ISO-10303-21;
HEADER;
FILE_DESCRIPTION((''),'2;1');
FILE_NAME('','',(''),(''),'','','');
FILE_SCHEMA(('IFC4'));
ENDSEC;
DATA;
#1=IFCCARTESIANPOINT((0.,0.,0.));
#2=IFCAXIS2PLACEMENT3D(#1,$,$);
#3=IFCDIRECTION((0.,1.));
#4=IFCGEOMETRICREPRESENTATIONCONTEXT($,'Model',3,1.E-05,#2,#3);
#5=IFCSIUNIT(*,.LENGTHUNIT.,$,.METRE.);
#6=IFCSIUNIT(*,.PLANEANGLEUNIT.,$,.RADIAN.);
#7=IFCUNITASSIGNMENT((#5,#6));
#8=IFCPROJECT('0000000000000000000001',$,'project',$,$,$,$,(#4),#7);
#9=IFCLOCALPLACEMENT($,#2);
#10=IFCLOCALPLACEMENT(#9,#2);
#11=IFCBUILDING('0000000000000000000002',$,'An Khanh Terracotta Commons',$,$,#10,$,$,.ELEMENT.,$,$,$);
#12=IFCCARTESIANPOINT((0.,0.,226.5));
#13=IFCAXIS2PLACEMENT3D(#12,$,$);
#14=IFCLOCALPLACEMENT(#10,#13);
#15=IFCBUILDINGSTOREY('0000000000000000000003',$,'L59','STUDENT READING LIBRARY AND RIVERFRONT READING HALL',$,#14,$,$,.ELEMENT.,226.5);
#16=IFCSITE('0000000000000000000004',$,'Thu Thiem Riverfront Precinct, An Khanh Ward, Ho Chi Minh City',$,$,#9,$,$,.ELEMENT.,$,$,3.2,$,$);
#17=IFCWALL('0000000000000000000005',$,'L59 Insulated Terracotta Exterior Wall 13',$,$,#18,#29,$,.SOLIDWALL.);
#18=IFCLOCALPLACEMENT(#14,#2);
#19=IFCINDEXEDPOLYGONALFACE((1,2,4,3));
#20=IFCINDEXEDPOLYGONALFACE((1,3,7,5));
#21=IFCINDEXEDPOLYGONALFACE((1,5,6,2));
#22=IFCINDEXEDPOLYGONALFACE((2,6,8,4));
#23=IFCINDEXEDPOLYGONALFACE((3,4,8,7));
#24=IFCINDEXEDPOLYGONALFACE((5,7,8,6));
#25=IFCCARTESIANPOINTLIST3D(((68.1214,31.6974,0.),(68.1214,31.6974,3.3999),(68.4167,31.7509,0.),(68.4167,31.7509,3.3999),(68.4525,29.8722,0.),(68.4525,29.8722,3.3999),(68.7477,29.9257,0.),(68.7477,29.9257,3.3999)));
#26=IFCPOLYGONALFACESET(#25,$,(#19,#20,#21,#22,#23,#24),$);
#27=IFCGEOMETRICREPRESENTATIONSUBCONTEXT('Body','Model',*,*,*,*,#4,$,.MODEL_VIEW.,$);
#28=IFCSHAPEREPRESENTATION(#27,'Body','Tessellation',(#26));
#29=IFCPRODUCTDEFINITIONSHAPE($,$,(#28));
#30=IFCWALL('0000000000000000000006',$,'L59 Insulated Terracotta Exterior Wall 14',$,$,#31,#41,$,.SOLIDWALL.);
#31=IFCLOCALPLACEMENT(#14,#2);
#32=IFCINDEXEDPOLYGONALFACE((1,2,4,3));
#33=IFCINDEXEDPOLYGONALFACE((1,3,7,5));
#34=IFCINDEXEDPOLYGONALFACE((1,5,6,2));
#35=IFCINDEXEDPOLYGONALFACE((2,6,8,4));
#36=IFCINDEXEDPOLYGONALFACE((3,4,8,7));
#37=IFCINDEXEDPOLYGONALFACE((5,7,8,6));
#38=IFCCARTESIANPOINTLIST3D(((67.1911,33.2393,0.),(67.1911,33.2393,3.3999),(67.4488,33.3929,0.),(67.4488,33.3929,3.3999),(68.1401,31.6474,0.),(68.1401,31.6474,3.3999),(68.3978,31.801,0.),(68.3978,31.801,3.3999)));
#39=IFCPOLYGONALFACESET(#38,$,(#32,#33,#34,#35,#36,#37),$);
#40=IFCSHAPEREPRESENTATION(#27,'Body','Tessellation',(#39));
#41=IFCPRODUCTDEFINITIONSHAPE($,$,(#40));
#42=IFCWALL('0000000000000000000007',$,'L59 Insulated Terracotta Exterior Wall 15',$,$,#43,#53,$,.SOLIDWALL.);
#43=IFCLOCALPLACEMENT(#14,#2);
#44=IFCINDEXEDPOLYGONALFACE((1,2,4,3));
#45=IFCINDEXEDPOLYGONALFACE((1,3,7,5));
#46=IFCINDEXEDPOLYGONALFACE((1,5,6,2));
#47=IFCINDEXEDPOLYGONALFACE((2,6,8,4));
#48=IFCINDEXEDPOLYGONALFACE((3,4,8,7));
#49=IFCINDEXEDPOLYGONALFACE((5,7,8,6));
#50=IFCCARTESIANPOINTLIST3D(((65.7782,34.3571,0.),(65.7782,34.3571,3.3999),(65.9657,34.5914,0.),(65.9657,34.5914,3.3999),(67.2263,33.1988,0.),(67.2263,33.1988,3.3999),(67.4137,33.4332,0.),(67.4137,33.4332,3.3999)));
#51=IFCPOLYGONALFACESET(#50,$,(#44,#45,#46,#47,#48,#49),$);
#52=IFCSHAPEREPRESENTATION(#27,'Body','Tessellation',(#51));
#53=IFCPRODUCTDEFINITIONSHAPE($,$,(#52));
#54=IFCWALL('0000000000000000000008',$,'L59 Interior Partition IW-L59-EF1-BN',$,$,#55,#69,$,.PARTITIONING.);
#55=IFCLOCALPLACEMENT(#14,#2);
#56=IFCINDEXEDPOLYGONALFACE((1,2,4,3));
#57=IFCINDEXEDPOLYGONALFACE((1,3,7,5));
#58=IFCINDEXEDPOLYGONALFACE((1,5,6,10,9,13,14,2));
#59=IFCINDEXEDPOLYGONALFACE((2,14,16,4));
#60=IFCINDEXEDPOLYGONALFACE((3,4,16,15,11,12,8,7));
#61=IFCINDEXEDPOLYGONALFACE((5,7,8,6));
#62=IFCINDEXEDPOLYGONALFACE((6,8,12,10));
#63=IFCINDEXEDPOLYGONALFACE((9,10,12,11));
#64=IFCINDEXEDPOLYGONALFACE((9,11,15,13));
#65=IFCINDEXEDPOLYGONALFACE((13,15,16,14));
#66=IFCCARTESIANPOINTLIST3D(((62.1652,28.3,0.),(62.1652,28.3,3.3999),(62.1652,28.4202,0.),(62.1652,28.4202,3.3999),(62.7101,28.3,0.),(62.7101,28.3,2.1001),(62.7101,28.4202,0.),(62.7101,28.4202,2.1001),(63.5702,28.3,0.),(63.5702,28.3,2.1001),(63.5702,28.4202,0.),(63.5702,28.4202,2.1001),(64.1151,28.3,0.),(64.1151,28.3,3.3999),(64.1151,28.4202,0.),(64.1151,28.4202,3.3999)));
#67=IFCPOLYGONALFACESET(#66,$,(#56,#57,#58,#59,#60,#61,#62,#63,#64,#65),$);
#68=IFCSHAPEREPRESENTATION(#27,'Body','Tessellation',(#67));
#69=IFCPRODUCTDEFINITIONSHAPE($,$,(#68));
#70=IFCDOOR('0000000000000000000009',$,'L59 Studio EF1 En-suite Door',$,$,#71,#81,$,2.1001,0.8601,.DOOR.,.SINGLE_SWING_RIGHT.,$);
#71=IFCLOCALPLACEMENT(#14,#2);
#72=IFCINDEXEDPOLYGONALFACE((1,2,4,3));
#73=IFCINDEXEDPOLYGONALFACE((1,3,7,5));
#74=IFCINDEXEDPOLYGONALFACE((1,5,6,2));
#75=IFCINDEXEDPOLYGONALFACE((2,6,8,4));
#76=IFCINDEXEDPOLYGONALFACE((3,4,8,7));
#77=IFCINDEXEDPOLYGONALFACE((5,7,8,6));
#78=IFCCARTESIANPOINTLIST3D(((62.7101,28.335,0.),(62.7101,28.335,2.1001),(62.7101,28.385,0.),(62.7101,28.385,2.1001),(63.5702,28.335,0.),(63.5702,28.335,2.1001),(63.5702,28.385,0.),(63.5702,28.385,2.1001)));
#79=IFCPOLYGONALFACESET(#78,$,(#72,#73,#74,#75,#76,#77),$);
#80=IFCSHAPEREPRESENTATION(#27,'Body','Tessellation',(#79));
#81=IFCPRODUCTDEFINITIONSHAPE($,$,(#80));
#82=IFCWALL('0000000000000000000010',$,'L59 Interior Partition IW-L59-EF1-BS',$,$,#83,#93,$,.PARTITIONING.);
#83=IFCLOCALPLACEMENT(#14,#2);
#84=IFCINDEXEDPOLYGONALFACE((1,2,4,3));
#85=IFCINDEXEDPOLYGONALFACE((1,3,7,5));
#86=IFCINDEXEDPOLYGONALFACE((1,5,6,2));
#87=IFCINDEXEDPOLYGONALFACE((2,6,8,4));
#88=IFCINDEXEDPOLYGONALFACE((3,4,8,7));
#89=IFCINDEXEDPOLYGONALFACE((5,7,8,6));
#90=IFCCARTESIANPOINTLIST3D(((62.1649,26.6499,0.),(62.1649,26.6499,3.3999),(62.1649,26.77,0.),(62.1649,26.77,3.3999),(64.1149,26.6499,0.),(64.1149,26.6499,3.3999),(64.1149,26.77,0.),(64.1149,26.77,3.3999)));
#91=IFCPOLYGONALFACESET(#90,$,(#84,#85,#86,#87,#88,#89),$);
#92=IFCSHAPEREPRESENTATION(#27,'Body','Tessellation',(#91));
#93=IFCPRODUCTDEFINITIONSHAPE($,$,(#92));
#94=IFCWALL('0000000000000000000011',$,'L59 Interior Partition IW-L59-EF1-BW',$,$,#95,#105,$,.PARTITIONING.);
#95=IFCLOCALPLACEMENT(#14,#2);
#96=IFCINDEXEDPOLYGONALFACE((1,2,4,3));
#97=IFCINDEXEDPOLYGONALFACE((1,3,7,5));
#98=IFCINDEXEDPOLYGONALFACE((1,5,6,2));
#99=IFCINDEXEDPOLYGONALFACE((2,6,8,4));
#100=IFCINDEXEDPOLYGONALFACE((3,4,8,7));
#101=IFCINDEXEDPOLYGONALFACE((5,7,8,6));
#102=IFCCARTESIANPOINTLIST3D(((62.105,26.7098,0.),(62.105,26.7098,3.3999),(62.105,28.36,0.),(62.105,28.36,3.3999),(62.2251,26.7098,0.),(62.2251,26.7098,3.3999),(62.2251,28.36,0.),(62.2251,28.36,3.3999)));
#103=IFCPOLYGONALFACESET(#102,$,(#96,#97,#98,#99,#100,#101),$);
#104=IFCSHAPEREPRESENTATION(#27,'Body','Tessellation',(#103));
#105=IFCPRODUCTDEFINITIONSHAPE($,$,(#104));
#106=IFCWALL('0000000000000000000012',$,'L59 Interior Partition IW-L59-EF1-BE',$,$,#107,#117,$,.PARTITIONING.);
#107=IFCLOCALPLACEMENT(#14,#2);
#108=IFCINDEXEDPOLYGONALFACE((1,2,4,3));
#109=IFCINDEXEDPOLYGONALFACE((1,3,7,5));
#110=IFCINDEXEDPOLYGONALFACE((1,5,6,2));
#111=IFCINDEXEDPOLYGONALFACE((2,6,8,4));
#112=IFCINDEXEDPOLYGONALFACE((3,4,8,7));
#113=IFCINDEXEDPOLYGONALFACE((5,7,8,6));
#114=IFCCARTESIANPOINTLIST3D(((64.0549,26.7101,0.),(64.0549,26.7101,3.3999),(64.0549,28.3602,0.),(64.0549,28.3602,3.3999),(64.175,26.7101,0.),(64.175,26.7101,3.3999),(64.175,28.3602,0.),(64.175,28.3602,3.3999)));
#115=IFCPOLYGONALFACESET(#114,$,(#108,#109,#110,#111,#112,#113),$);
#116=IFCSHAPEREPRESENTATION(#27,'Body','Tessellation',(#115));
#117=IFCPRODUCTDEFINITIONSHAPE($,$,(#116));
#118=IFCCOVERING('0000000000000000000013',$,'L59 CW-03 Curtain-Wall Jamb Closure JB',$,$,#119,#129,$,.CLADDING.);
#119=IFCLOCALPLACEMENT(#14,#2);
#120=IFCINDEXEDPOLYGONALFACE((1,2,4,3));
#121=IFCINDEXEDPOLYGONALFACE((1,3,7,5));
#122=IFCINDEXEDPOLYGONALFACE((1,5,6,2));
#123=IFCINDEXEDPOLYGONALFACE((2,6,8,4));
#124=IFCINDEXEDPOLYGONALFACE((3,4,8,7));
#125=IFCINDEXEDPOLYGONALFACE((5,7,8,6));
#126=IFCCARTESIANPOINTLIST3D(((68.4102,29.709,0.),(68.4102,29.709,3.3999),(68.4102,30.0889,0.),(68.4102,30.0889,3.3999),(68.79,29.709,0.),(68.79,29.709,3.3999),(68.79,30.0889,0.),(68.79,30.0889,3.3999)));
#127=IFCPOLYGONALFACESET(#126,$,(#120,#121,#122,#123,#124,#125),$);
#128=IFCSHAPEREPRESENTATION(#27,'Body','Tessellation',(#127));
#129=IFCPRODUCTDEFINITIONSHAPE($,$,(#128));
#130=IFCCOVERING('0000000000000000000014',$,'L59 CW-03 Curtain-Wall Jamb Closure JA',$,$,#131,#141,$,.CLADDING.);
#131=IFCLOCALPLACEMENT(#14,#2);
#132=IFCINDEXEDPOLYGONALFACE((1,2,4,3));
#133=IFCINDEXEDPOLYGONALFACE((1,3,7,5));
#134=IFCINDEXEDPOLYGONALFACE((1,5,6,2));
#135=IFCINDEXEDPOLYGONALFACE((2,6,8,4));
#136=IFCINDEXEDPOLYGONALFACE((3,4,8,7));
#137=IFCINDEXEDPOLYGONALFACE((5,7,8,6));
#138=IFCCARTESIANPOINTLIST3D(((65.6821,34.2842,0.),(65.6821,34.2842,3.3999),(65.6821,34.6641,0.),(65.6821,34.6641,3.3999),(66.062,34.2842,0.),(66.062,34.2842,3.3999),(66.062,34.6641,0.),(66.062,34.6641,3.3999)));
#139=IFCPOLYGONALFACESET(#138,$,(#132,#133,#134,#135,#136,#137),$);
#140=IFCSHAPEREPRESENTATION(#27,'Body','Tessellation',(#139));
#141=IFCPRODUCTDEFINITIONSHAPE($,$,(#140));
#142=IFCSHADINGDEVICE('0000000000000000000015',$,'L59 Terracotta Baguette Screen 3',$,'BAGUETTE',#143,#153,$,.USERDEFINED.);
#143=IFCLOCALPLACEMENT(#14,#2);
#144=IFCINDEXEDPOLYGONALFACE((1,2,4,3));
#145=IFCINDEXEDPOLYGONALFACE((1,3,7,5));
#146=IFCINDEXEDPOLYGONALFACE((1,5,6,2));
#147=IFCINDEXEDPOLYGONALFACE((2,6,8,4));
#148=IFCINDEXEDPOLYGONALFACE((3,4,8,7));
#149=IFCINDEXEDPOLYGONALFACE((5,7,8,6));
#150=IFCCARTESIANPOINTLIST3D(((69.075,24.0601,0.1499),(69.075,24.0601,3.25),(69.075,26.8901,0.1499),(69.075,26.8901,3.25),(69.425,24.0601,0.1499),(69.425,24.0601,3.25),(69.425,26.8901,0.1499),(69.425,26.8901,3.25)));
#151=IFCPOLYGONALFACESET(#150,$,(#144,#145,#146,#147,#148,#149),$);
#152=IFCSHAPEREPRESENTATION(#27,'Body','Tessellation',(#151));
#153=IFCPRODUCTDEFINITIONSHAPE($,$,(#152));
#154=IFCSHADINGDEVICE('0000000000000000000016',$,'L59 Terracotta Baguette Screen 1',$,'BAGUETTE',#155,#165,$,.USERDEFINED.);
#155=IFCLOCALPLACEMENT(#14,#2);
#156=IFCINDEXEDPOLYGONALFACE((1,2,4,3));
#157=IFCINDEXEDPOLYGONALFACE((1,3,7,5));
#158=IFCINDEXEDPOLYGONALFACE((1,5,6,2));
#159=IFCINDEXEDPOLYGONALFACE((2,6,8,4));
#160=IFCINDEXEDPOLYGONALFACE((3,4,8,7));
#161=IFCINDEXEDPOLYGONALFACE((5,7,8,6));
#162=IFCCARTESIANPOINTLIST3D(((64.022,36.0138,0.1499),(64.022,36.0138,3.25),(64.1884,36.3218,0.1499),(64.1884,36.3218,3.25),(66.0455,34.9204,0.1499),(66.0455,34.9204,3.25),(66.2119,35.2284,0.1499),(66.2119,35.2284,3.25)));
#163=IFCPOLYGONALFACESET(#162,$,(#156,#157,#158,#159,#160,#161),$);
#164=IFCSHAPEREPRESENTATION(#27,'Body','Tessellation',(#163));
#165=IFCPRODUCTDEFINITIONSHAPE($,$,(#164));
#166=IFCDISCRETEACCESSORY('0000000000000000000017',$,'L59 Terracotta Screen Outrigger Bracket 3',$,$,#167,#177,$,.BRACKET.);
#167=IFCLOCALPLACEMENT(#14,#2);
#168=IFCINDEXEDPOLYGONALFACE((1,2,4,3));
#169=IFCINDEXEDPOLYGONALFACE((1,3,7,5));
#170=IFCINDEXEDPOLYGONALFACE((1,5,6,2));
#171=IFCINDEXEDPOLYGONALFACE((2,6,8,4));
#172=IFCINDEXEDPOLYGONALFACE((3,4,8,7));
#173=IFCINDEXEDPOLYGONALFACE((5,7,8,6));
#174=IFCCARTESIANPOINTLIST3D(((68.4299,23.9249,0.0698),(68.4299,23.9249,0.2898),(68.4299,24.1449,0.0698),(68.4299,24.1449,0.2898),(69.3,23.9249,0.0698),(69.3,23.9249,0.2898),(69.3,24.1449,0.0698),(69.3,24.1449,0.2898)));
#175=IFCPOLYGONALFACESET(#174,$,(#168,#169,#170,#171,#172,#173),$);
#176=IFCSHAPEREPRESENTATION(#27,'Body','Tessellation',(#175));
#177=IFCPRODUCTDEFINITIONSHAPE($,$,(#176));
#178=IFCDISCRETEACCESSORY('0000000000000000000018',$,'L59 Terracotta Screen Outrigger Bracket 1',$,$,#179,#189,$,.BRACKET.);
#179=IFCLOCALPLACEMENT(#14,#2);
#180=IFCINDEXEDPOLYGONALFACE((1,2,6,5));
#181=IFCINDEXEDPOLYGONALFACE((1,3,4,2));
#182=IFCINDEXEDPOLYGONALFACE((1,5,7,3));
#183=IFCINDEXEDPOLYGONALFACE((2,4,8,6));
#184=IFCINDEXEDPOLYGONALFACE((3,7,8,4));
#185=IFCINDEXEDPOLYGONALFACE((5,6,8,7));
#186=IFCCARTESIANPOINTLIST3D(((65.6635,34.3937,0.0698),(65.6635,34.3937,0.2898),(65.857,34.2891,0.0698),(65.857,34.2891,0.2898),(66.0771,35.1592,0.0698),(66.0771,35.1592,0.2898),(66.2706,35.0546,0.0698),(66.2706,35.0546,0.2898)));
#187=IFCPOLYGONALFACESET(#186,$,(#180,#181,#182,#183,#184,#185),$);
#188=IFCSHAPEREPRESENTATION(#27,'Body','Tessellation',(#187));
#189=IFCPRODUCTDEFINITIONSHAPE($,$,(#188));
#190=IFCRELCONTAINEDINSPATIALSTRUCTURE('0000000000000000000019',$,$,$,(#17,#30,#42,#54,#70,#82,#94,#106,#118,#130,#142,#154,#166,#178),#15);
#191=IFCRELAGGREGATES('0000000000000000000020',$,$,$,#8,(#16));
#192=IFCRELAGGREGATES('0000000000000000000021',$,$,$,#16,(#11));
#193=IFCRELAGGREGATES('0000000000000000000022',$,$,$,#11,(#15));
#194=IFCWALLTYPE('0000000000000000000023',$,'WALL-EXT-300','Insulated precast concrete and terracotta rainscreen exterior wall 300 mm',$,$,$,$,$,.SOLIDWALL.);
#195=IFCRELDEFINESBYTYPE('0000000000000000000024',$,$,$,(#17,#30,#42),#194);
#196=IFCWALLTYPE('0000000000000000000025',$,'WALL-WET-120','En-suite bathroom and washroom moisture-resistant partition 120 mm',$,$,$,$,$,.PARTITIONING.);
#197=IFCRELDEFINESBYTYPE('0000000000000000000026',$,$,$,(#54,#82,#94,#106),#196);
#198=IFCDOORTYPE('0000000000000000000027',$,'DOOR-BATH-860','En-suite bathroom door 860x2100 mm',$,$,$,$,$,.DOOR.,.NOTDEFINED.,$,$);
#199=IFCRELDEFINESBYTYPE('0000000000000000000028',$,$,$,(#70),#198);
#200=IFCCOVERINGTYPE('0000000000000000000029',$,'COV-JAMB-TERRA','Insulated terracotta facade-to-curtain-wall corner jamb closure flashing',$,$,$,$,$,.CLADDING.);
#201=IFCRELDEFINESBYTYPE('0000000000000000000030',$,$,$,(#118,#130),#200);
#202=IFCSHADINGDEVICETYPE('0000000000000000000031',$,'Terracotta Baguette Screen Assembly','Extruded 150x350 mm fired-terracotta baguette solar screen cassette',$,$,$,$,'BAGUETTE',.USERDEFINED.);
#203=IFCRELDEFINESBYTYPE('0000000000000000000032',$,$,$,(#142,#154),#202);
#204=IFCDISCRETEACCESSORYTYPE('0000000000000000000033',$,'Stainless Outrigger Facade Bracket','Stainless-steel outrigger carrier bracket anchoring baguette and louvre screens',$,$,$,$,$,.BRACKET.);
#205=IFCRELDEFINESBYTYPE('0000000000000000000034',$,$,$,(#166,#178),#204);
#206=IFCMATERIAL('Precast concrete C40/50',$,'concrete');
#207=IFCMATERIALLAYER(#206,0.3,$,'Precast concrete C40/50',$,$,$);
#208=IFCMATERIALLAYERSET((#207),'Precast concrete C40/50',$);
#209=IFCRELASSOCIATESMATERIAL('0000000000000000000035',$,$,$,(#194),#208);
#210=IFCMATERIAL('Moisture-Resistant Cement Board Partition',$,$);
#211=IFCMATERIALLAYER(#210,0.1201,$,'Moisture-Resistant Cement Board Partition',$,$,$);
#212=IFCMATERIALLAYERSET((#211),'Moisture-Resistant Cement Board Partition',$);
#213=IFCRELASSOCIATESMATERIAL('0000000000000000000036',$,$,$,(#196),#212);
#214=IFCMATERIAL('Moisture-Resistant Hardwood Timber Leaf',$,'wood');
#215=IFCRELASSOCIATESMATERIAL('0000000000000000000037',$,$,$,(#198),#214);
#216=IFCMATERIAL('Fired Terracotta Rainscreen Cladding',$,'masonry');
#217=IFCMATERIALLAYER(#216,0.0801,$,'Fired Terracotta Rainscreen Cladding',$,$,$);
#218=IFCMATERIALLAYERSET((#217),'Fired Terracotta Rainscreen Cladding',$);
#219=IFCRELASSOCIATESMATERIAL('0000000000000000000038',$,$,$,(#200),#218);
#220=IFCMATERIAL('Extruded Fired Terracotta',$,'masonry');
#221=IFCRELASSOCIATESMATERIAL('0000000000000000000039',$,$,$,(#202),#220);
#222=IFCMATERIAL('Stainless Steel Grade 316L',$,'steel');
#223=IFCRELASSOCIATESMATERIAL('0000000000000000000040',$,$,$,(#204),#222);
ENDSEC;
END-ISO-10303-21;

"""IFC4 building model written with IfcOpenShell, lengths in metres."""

from ifc_helpers import new_model, si_unit, direction, frame, frame_2d, origin, origin_2d, place, context, subcontext, project, spatial, rectangle, extrude, material, layer, layer_set, type_object, element, fill, save


model = new_model("IFC4")

# Units and contexts
model_context = context("Model", 3, precision=1e-05, world=origin(), true_north=direction((0.0, 1.0)))
body_context = subcontext(model_context, "Body", "Model", "MODEL_VIEW")
ifc_project = project(units=[si_unit("LENGTHUNIT", "METRE"), si_unit("PLANEANGLEUNIT", "RADIAN")], contexts=[model_context])

# Site, building, storey
site_placement = place(None, origin())
site = spatial("IfcSite", under=ifc_project, at=site_placement, Name="Thu Thiem Riverfront Precinct, An Khanh Ward, Ho Chi Minh City", CompositionType="ELEMENT", RefElevation=3.2)
building_placement = place(site_placement, origin())
building = spatial("IfcBuilding", under=site, at=building_placement, Name="An Khanh Terracotta Commons", CompositionType="ELEMENT")
storey_placement = place(building_placement, frame((0.0, 0.0, 226.5)))
storey = spatial("IfcBuildingStorey", under=building, at=storey_placement, Name="L59", Description="STUDENT READING LIBRARY AND RIVERFRONT READING HALL", CompositionType="ELEMENT", Elevation=226.5)

# Walls
ifc_material_1 = material(Name="Precast concrete C40/50", Category="concrete")
ifc_layer_1 = layer(ifc_material_1, 0.3, Name="Precast concrete C40/50")
ifc_layer_set_1 = layer_set([ifc_layer_1], Name="Precast concrete C40/50")
wall_type_1 = type_object("IfcWallType", Name="WALL-EXT-300", Description="Insulated precast concrete and terracotta rainscreen exterior wall 300 mm", PredefinedType="SOLIDWALL", material=ifc_layer_set_1)
wall_1_placement = place(storey_placement, frame((68.6001, 29.8989, 0.0), z_axis=(0.0, 0.0, 1.0), x_axis=(-0.178468, 0.983946, 0.0)))
element("IfcWall", 1, at=wall_1_placement, inside=storey, type_object=wall_type_1, Name="L59 Insulated Terracotta Exterior Wall 13", PredefinedType="SOLIDWALL", context=body_context, shape_type="SweptSolid", body=[
    extrude(rectangle(XDim=1.855, YDim=0.3, at=frame_2d((0.9275, 0.0))), origin(), (0.0, 0.0, 1.0), 3.3999),
])
wall_2_placement = place(storey_placement, frame((68.269, 31.7241, 0.0), z_axis=(0.0, 0.0, 1.0), x_axis=(-0.512072, 0.858943, 0.0)))
element("IfcWall", 2, at=wall_2_placement, inside=storey, type_object=wall_type_1, Name="L59 Insulated Terracotta Exterior Wall 14", PredefinedType="SOLIDWALL", context=body_context, shape_type="SweptSolid", body=[
    extrude(rectangle(XDim=1.8533, YDim=0.3, at=frame_2d((0.9268, 0.0))), origin(), (0.0, 0.0, 1.0), 3.3999),
])
wall_3_placement = place(storey_placement, frame((67.3201, 33.3159, 0.0), z_axis=(0.0, 0.0, 1.0), x_axis=(-0.78092, 0.624631, 0.0)))
element("IfcWall", 3, at=wall_3_placement, inside=storey, type_object=wall_type_1, Name="L59 Insulated Terracotta Exterior Wall 15", PredefinedType="SOLIDWALL", context=body_context, shape_type="SweptSolid", body=[
    extrude(rectangle(XDim=1.8542, YDim=0.3, at=frame_2d((0.9272, 0.0))), origin(), (0.0, 0.0, 1.0), 3.3999),
])

# Wall, opening, door
ifc_material_2 = material(Name="Moisture-Resistant Cement Board Partition")
ifc_layer_2 = layer(ifc_material_2, 0.1201, Name="Moisture-Resistant Cement Board Partition")
ifc_layer_set_2 = layer_set([ifc_layer_2], Name="Moisture-Resistant Cement Board Partition")
wall_type_2 = type_object("IfcWallType", Name="WALL-WET-120", Description="En-suite bathroom and washroom moisture-resistant partition 120 mm", PredefinedType="PARTITIONING", material=ifc_layer_set_2)
wall_4_placement = place(storey_placement, frame((62.165, 28.3601, 0.0), z_axis=(0.0, 0.0, 1.0), x_axis=(1.0, 0.0, 0.0)))
wall_4 = element("IfcWall", 4, at=wall_4_placement, inside=storey, type_object=wall_type_2, Name="L59 Interior Partition IW-L59-EF1-BN", PredefinedType="PARTITIONING", context=body_context, shape_type="SweptSolid", body=[
    extrude(rectangle(XDim=1.95, YDim=0.1201, at=frame_2d((0.9751, 0.0))), origin(), (0.0, 0.0, 1.0), 3.3999),
])
opening_placement = place(wall_4_placement, frame((0.5449, 0.0, 0.0)))
opening = element("IfcOpeningElement", 5, at=opening_placement, cuts=wall_4, PredefinedType="OPENING", context=body_context, shape_type="SweptSolid", body=[
    extrude(rectangle(XDim=0.8601, YDim=2.1001, at=frame_2d((0.4302, 1.05))), frame((0.0, 0.0701, 0.0), z_axis=(0.0, -1.0, 0.0), x_axis=(1.0, 0.0, 0.0)), (0.0, 0.0, 1.0), 0.1401),
])
ifc_material_3 = material(Name="Moisture-Resistant Hardwood Timber Leaf", Category="wood")
door_type = type_object("IfcDoorType", Name="DOOR-BATH-860", Description="En-suite bathroom door 860x2100 mm", OperationType="NOTDEFINED", PredefinedType="DOOR", material=ifc_material_3)
door_placement = place(opening_placement, origin())
door = element("IfcDoor", 6, at=door_placement, inside=storey, type_object=door_type, Name="L59 Studio EF1 En-suite Door", OperationType="SINGLE_SWING_RIGHT", OverallHeight=2.1001, OverallWidth=0.8601, PredefinedType="DOOR", context=body_context, shape_type="SweptSolid", body=[
    extrude(rectangle(XDim=0.8601, YDim=2.1001, at=frame_2d((0.4302, 1.05))), frame((0.0, 0.0249, 0.0), z_axis=(0.0, -1.0, 0.0), x_axis=(1.0, 0.0, 0.0)), (0.0, 0.0, 1.0), 0.05),
])
fill(opening, door)

# Walls
wall_5_placement = place(storey_placement, frame((64.115, 26.71, 0.0), z_axis=(0.0, 0.0, 1.0), x_axis=(-1.0, 0.0, 0.0)))
element("IfcWall", 7, at=wall_5_placement, inside=storey, type_object=wall_type_2, Name="L59 Interior Partition IW-L59-EF1-BS", PredefinedType="PARTITIONING", context=body_context, shape_type="SweptSolid", body=[
    extrude(rectangle(XDim=1.95, YDim=0.1201, at=frame_2d((0.9751, 0.0))), origin(), (0.0, 0.0, 1.0), 3.3999),
])
for number, where, z_axis, x_axis, name in (
    (8, (62.165, 28.3601, 0.0), (0.0, 0.0, 1.0), (0.0, -1.0, 0.0), "L59 Interior Partition IW-L59-EF1-BW"),
    (9, (64.115, 26.71, 0.0), (0.0, 0.0, 1.0), (0.0, 1.0, 0.0), "L59 Interior Partition IW-L59-EF1-BE"),
):
    element("IfcWall", number, at=place(storey_placement, frame(where, z_axis=z_axis, x_axis=x_axis)), inside=storey, type_object=wall_type_2, Name=name, PredefinedType="PARTITIONING", context=body_context, shape_type="SweptSolid", body=[
        extrude(rectangle(XDim=1.6501, YDim=0.1201, at=frame_2d((0.8252, 0.0))), origin(), (0.0, 0.0, 1.0), 3.3999),
    ])

# Coverings
ifc_material_4 = material(Name="Fired Terracotta Rainscreen Cladding", Category="masonry")
ifc_layer_3 = layer(ifc_material_4, 0.0801, Name="Fired Terracotta Rainscreen Cladding")
ifc_layer_set_3 = layer_set([ifc_layer_3], Name="Fired Terracotta Rainscreen Cladding")
covering_type = type_object("IfcCoveringType", Name="COV-JAMB-TERRA", Description="Insulated terracotta facade-to-curtain-wall corner jamb closure flashing", PredefinedType="CLADDING", material=ifc_layer_set_3)
for number, where, z_axis, x_axis, name in (
    (10, (68.6001, 29.8989, 0.0), (0.0, 0.0, 1.0), (1.0, 0.0, 0.0), "L59 CW-03 Curtain-Wall Jamb Closure JB"),
    (11, (65.8721, 34.4741, 0.0), (0.0, 0.0, 1.0), (1.0, 0.0, 0.0), "L59 CW-03 Curtain-Wall Jamb Closure JA"),
):
    element("IfcCovering", number, at=place(storey_placement, frame(where, z_axis=z_axis, x_axis=x_axis)), inside=storey, type_object=covering_type, Name=name, PredefinedType="CLADDING", context=body_context, shape_type="SweptSolid", body=[
        extrude(rectangle(XDim=0.3799, YDim=0.3799, at=origin_2d()), origin(), (0.0, 0.0, 1.0), 3.3999),
    ])

# Shading devices
ifc_material_5 = material(Name="Extruded Fired Terracotta", Category="masonry")
shading_device_type = type_object("IfcShadingDeviceType", Name="Terracotta Baguette Screen Assembly", Description="Extruded 150x350 mm fired-terracotta baguette solar screen cassette", ElementType="BAGUETTE", PredefinedType="USERDEFINED", material=ifc_material_5)
shading_device_1_placement = place(storey_placement, frame((69.25, 25.4751, 0.1499), z_axis=(0.0, 0.0, 1.0), x_axis=(0.0, 1.0, 0.0)))
element("IfcShadingDevice", 12, at=shading_device_1_placement, inside=storey, type_object=shading_device_type, Name="L59 Terracotta Baguette Screen 3", ObjectType="BAGUETTE", PredefinedType="USERDEFINED", context=body_context, shape_type="SweptSolid", body=[
    extrude(rectangle(XDim=2.8301, YDim=0.3501, at=origin_2d()), origin(), (0.0, 0.0, 1.0), 3.1001),
])
shading_device_2_placement = place(storey_placement, frame((65.1169, 35.6211, 0.1499), z_axis=(0.0, 0.0, 1.0), x_axis=(-0.87978, 0.475381, 0.0)))
element("IfcShadingDevice", 13, at=shading_device_2_placement, inside=storey, type_object=shading_device_type, Name="L59 Terracotta Baguette Screen 1", ObjectType="BAGUETTE", PredefinedType="USERDEFINED", context=body_context, shape_type="SweptSolid", body=[
    extrude(rectangle(XDim=2.3, YDim=0.3501, at=origin_2d()), origin(), (0.0, 0.0, 1.0), 3.1001),
])

# Discrete accessories
ifc_material_6 = material(Name="Stainless Steel Grade 316L", Category="steel")
discrete_accessory_type = type_object("IfcDiscreteAccessoryType", Name="Stainless Outrigger Facade Bracket", Description="Stainless-steel outrigger carrier bracket anchoring baguette and louvre screens", PredefinedType="BRACKET", material=ifc_material_6)
for number, where, z_axis, x_axis, name in (
    (14, (68.865, 24.0349, 0.0698), (0.0, 0.0, 1.0), (0.0, 1.0, 0.0), "L59 Terracotta Screen Outrigger Bracket 3"),
    (15, (65.967, 34.7241, 0.0698), (0.0, 0.0, 1.0), (-0.87978, 0.475381, 0.0), "L59 Terracotta Screen Outrigger Bracket 1"),
):
    element("IfcDiscreteAccessory", number, at=place(storey_placement, frame(where, z_axis=z_axis, x_axis=x_axis)), inside=storey, type_object=discrete_accessory_type, Name=name, PredefinedType="BRACKET", context=body_context, shape_type="SweptSolid", body=[
        extrude(rectangle(XDim=0.22, YDim=0.8701, at=origin_2d()), origin(), (0.0, 0.0, 1.0), 0.22),
    ])

save(model, "model.ifc")
